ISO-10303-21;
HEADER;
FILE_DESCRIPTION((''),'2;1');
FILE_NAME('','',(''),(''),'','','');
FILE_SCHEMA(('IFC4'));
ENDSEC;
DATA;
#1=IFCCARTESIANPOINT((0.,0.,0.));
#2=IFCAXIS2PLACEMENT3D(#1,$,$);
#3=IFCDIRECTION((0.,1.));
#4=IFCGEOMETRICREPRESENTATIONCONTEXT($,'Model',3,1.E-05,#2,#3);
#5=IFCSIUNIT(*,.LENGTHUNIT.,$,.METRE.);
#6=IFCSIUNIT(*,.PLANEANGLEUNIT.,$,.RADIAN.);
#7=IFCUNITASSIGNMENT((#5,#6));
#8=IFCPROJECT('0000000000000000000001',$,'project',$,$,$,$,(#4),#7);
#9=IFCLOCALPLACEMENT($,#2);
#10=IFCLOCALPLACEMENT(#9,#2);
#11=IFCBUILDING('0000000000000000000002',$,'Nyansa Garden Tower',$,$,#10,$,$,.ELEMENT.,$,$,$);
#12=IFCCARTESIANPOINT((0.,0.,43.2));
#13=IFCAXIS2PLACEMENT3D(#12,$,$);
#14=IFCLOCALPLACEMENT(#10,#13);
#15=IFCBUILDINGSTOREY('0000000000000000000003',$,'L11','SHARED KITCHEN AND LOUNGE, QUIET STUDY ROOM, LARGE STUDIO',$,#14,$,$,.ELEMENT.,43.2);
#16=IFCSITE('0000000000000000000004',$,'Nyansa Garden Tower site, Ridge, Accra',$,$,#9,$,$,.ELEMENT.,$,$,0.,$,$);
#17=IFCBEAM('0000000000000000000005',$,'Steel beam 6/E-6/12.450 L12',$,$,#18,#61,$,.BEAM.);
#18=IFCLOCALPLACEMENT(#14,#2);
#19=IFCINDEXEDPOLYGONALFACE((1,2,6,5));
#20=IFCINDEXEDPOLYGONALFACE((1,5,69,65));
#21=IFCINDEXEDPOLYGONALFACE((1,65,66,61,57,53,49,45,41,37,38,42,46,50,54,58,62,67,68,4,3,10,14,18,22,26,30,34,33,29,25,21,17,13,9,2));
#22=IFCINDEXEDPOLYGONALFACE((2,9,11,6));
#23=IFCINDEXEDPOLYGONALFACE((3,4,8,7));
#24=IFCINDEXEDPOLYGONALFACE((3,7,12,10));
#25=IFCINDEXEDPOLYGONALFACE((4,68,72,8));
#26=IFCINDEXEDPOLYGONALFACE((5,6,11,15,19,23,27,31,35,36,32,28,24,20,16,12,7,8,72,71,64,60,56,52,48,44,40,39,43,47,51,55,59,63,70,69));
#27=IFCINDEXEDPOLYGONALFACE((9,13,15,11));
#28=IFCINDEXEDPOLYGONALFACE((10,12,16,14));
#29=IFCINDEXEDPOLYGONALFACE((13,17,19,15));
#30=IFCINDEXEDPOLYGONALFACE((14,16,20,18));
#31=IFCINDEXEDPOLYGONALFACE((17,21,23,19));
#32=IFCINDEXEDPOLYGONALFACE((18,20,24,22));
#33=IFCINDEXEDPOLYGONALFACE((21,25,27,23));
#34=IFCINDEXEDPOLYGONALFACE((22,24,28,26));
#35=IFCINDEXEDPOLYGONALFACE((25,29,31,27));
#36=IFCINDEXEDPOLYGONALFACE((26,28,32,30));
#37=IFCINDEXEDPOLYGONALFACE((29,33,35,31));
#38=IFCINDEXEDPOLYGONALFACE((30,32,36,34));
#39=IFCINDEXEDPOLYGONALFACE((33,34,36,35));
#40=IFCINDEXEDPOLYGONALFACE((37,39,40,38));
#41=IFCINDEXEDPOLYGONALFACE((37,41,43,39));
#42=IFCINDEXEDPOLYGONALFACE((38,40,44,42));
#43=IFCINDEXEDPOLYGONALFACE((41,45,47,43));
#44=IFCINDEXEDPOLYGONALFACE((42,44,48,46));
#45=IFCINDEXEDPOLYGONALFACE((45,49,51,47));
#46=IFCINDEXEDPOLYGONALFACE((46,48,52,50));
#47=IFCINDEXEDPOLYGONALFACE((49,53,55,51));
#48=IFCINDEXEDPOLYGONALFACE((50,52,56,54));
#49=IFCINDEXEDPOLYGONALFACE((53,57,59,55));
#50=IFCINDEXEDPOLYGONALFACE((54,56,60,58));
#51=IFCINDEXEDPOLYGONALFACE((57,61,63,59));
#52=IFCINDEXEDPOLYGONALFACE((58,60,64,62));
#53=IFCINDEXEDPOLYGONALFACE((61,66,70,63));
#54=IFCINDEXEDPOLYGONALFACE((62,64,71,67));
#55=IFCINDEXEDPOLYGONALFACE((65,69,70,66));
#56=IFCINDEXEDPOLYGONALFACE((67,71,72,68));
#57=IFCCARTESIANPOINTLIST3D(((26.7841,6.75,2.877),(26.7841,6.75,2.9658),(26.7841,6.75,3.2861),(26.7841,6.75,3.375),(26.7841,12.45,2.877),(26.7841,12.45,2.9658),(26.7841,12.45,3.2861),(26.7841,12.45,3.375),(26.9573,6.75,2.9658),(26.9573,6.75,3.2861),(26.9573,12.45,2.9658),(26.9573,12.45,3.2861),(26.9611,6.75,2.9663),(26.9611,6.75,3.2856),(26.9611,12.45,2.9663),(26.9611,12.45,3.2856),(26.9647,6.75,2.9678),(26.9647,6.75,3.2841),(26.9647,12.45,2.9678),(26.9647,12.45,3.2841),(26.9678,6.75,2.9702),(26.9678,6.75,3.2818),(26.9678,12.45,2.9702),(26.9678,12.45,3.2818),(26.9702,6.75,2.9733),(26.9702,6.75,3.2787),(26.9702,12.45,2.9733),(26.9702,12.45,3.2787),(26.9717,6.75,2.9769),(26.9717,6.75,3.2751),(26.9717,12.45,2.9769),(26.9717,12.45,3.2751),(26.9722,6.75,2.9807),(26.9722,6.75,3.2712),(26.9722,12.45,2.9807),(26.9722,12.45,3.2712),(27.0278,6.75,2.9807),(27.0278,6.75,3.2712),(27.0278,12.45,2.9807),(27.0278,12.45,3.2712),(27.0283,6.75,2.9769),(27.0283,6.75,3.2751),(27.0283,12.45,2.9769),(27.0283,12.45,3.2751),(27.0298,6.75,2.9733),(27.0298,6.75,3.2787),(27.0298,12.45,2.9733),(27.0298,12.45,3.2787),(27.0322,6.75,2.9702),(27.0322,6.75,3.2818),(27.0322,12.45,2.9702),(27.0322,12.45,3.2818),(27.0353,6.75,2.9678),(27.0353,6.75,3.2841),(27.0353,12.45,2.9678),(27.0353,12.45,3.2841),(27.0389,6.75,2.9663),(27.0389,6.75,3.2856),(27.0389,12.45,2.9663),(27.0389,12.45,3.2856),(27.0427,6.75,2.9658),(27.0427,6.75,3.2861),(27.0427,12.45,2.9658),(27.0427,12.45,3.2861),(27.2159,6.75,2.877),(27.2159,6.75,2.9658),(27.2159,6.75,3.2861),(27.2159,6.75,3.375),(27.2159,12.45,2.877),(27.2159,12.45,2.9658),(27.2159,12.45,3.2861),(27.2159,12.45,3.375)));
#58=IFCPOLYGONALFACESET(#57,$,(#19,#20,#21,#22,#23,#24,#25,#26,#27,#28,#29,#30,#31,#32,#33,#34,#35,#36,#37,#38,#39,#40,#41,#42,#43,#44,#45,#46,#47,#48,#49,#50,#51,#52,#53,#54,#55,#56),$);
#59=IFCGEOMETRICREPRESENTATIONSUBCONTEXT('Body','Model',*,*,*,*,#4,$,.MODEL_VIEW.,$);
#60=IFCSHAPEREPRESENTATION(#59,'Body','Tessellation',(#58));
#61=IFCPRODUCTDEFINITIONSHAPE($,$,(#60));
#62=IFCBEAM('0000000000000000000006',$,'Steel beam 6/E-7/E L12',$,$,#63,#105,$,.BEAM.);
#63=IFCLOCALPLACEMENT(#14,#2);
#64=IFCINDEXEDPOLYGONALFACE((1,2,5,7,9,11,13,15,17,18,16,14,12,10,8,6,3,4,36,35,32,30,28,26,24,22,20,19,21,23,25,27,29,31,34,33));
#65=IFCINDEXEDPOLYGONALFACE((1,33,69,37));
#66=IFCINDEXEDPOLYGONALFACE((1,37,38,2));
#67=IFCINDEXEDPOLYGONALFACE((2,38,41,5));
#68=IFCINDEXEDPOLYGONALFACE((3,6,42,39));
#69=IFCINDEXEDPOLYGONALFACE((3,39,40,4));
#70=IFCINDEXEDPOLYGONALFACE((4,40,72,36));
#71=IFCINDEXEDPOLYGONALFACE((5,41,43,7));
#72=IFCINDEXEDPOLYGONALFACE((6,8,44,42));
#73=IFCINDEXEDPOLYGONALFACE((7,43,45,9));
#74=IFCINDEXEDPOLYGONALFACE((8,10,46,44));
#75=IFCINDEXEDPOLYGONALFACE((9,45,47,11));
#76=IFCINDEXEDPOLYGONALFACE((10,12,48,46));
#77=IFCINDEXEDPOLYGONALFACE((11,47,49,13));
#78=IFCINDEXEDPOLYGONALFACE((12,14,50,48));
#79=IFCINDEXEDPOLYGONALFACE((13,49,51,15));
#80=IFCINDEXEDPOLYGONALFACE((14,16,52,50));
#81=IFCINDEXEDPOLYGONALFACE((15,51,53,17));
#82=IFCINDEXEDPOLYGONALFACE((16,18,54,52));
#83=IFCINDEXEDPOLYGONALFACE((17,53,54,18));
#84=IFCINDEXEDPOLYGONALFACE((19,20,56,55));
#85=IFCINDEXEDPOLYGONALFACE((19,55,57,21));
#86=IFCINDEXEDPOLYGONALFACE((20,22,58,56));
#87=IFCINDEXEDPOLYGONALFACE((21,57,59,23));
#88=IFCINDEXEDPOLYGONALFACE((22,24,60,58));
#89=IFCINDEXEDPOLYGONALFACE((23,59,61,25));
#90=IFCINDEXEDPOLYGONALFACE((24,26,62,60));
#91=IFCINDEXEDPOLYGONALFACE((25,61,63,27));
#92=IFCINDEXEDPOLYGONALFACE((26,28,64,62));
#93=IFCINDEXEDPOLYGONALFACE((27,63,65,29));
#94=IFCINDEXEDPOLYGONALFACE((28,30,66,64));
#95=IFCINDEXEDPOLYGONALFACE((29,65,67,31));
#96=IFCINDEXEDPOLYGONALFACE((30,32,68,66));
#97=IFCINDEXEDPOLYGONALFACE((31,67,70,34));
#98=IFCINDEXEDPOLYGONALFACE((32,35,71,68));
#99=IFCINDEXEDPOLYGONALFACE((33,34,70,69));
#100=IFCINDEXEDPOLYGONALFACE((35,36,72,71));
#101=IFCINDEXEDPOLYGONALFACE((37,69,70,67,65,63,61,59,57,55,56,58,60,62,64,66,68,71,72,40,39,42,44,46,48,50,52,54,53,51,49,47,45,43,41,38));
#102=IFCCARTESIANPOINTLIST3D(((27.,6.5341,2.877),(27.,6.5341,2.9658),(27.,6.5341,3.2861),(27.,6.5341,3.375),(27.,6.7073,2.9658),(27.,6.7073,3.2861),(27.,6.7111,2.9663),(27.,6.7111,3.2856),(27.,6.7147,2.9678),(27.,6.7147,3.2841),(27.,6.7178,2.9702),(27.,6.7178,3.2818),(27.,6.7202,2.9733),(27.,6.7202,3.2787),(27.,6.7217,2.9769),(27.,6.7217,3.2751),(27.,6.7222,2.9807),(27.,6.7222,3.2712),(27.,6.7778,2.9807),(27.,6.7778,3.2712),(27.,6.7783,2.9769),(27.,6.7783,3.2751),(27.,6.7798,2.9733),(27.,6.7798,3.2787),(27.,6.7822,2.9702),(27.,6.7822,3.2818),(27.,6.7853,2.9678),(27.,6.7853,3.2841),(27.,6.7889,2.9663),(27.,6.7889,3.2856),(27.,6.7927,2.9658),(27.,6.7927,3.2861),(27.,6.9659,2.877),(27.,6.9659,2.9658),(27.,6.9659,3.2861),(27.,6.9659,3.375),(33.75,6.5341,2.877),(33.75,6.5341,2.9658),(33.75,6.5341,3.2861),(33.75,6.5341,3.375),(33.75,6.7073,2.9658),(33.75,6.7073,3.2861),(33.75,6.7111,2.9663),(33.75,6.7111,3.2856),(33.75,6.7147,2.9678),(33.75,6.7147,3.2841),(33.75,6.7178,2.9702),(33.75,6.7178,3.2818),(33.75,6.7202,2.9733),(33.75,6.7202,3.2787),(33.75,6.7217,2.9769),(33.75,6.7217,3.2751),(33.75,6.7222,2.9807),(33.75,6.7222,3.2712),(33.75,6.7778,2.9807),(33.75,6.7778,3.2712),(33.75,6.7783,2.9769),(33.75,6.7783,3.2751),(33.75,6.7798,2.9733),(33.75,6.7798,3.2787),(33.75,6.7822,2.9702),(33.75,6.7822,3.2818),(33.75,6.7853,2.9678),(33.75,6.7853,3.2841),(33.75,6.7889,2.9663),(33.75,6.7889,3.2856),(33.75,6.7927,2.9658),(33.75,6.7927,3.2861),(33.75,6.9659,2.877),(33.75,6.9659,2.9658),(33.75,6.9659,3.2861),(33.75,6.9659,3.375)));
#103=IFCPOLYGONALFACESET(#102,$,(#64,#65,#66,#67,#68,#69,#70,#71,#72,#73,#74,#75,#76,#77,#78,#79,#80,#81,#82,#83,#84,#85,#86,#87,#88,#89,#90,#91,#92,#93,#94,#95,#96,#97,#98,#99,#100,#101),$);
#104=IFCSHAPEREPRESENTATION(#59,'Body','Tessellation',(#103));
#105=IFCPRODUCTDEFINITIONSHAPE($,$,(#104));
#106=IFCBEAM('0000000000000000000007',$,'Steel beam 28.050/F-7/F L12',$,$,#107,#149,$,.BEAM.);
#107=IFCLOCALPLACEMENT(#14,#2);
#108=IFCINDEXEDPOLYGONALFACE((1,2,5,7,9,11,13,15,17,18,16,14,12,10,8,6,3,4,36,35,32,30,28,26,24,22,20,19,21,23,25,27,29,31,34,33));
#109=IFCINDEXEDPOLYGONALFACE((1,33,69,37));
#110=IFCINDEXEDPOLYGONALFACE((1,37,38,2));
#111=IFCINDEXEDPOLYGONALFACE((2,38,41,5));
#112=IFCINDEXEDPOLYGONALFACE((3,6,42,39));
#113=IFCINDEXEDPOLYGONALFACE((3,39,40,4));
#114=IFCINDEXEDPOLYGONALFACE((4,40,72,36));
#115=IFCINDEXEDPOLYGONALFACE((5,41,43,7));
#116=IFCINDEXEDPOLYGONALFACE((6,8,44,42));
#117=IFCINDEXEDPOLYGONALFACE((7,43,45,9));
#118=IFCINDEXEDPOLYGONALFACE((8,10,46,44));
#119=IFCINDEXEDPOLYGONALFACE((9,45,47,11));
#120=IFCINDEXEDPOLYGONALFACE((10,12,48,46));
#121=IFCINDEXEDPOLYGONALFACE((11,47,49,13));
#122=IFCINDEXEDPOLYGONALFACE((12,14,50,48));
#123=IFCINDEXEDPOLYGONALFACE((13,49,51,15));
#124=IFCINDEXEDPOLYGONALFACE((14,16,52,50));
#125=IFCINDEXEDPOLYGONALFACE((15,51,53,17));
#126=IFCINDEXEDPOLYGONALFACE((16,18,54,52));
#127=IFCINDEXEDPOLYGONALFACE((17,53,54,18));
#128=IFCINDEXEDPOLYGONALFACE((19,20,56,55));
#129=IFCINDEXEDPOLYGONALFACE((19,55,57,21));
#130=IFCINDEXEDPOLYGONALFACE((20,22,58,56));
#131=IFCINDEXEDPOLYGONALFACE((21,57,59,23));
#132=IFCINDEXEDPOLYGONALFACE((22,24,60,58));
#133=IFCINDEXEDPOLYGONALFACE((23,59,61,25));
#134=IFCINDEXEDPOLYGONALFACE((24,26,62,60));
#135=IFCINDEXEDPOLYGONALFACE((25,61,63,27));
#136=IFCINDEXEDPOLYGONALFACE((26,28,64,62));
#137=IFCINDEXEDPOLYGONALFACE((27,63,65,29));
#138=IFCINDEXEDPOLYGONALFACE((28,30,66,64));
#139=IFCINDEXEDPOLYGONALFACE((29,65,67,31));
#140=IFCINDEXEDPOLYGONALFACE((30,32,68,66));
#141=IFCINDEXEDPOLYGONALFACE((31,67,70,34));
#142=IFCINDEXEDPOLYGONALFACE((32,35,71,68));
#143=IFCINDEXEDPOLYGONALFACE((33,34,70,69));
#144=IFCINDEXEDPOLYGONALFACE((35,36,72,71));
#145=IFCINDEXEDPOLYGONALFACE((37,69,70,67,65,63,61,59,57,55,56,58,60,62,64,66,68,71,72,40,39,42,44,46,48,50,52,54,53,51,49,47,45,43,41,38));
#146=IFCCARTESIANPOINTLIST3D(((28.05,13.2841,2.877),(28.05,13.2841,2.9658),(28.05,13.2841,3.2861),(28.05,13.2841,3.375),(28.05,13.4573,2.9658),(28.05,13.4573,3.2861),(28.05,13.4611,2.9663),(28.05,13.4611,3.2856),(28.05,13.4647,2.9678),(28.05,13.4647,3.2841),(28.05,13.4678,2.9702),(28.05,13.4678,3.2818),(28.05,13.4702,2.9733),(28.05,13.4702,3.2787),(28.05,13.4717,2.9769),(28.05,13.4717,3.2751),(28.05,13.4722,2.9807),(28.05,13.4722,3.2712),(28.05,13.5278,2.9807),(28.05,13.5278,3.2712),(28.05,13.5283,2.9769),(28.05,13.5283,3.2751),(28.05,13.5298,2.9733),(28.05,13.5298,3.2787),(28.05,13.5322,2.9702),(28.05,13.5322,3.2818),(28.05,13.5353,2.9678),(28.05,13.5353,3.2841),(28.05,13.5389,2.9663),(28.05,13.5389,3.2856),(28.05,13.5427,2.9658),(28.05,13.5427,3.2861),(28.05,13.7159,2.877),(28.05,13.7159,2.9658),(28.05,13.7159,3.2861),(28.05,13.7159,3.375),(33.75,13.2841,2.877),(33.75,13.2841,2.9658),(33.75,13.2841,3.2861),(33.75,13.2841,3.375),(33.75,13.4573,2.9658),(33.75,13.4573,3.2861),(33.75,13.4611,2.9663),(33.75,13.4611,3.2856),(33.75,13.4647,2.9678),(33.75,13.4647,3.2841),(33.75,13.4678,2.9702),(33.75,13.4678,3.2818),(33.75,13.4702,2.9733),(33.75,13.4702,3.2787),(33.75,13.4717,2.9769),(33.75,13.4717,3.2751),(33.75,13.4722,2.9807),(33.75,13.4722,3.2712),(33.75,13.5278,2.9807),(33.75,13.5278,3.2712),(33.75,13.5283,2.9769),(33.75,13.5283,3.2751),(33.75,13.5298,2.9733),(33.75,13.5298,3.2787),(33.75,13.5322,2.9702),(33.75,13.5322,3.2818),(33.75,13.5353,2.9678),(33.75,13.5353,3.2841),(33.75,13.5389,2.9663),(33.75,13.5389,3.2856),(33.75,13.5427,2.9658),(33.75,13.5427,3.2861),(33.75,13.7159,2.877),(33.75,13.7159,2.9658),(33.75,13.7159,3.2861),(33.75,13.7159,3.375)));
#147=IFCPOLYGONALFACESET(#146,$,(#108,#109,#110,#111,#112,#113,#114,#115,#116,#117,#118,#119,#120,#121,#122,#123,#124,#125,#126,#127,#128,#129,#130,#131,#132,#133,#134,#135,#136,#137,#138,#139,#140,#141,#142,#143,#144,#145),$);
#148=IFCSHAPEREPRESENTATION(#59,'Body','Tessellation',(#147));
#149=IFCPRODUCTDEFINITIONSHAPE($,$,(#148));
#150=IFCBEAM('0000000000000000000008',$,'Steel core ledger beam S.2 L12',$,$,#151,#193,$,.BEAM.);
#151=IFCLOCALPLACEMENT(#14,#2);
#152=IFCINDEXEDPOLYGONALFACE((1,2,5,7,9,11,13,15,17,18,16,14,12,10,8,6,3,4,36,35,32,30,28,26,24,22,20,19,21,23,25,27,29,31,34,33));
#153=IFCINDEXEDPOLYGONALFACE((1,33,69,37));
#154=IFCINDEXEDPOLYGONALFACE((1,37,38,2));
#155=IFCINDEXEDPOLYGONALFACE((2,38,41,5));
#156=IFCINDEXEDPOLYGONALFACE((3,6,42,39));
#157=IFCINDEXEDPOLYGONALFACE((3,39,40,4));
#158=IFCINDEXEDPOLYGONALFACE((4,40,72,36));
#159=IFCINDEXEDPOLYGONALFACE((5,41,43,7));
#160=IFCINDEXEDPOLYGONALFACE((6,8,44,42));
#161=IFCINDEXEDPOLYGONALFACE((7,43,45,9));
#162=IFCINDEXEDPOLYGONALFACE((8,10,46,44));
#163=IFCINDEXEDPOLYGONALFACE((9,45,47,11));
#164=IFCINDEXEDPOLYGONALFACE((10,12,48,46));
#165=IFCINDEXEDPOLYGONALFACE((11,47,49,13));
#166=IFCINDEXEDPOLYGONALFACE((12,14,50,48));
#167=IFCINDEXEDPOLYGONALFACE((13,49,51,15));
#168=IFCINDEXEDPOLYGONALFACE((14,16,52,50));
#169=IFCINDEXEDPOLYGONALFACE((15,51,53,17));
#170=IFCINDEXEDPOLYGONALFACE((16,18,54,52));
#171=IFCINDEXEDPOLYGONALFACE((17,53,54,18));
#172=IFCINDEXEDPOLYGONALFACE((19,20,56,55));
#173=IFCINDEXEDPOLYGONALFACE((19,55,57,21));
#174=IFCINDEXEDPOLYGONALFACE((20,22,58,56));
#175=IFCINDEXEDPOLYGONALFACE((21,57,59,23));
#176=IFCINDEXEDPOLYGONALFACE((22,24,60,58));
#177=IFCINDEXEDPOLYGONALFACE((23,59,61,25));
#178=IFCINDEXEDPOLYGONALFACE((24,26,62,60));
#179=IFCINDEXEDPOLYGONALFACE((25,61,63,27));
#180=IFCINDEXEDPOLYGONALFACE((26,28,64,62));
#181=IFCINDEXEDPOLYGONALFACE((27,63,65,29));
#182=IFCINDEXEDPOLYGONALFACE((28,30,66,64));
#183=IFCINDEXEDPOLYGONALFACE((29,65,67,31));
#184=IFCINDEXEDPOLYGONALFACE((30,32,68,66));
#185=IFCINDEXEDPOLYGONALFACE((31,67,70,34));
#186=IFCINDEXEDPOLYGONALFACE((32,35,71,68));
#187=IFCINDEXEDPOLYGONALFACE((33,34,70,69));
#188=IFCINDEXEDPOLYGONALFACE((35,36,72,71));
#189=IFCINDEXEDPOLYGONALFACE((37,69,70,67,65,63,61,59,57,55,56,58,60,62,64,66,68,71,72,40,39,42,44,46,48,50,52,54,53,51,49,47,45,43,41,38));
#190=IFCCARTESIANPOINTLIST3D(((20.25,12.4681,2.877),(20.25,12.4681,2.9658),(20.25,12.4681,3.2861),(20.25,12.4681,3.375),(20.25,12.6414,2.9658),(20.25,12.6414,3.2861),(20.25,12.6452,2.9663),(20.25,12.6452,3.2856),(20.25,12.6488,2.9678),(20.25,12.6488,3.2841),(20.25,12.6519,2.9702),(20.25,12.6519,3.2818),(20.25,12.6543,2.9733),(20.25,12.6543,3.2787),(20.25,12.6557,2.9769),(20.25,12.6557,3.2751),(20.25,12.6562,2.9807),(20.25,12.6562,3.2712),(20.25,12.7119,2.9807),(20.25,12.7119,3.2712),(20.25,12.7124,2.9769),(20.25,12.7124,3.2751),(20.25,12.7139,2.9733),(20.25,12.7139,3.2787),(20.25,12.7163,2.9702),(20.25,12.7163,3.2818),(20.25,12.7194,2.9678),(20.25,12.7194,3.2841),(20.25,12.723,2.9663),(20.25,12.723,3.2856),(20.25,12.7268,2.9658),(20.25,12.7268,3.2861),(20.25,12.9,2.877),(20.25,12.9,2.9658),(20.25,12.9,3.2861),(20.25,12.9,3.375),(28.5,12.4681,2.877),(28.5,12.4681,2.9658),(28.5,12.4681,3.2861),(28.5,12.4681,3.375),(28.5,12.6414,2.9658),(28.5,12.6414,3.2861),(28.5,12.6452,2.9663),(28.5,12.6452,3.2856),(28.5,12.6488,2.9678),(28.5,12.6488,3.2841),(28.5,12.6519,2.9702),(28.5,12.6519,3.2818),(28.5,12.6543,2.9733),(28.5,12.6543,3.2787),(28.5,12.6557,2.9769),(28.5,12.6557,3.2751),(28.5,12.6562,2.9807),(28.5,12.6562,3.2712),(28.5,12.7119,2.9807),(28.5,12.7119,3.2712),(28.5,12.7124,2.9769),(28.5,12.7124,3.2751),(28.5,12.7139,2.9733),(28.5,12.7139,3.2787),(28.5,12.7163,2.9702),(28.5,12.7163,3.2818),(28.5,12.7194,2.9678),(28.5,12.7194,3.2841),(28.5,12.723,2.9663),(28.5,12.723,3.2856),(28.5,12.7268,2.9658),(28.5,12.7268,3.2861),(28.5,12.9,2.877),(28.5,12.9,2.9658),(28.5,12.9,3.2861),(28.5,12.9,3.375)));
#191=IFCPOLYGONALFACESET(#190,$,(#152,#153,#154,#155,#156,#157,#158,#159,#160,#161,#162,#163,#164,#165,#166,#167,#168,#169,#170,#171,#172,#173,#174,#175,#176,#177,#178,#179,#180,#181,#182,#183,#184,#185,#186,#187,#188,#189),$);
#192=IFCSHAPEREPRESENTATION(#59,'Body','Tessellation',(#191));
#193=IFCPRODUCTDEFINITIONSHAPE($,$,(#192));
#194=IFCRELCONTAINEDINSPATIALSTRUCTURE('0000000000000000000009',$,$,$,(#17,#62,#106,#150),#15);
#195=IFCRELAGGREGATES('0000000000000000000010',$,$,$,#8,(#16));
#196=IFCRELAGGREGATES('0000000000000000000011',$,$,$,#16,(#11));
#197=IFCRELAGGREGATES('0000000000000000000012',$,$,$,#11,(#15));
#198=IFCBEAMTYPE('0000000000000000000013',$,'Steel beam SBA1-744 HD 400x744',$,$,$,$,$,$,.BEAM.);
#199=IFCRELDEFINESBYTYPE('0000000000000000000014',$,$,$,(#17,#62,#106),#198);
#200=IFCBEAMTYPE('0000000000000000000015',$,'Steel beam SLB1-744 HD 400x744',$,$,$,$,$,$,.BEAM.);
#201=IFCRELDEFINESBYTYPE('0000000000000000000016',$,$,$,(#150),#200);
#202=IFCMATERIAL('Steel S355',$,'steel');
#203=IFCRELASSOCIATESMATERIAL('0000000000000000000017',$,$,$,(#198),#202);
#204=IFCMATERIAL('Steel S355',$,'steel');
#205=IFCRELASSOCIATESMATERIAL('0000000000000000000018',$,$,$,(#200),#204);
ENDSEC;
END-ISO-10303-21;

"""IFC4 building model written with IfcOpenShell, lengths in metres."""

from ifc_helpers import new_model, si_unit, direction, frame, origin, origin_2d, place, context, subcontext, project, spatial, i_section, extrude, material, material_profile, profile_set, type_object, element, save


model = new_model("IFC4")

# Units and contexts
model_context = context("Model", 3, precision=1e-05, world=origin(), true_north=direction((0.0, 1.0)))
body_context = subcontext(model_context, "Body", "Model", "MODEL_VIEW")
ifc_project = project(units=[si_unit("LENGTHUNIT", "METRE"), si_unit("PLANEANGLEUNIT", "RADIAN")], contexts=[model_context])

# Site, building, storey
site_placement = place(None, origin())
site = spatial("IfcSite", under=ifc_project, at=site_placement, Name="Nyansa Garden Tower site, Ridge, Accra", CompositionType="ELEMENT", RefElevation=0.0)
building_placement = place(site_placement, origin())
building = spatial("IfcBuilding", under=site, at=building_placement, Name="Nyansa Garden Tower", CompositionType="ELEMENT")
storey_placement = place(building_placement, frame((0.0, 0.0, 43.2)))
storey = spatial("IfcBuildingStorey", under=building, at=storey_placement, Name="L11", Description="SHARED KITCHEN AND LOUNGE, QUIET STUDY ROOM, LARGE STUDIO", CompositionType="ELEMENT", Elevation=43.2)

# Beams
ifc_material_1 = material(Name="Steel S355", Category="steel")
ifc_material_profile_1 = material_profile(ifc_material_1, i_section(OverallWidth=0.4319, OverallDepth=0.498, WebThickness=0.0557, FlangeThickness=0.0889, FilletRadius=0.0149, at=origin_2d()), Name="HD 400x744")
ifc_profile_set_1 = profile_set([ifc_material_profile_1], Name="Steel S355")
beam_type_1 = type_object("IfcBeamType", Name="Steel beam SBA1-744 HD 400x744", PredefinedType="BEAM", material=ifc_profile_set_1)
beam_1_placement = place(storey_placement, frame((27.0, 6.75, 3.126), z_axis=(0.0, 1.0, 0.0), x_axis=(-1.0, 0.0, 0.0)))
element("IfcBeam", 1, at=beam_1_placement, inside=storey, type_object=beam_type_1, Name="Steel beam 6/E-6/12.450 L12", PredefinedType="BEAM", context=body_context, shape_type="SweptSolid", body=[
    extrude(i_section(OverallWidth=0.4319, OverallDepth=0.498, WebThickness=0.0557, FlangeThickness=0.0889, FilletRadius=0.0149, at=origin_2d()), origin(), (0.0, 0.0, 1.0), 5.7),
])
beam_2_placement = place(storey_placement, frame((27.0, 6.75, 3.126), z_axis=(1.0, 0.0, 0.0), x_axis=(0.0, 1.0, 0.0)))
element("IfcBeam", 2, at=beam_2_placement, inside=storey, type_object=beam_type_1, Name="Steel beam 6/E-7/E L12", PredefinedType="BEAM", context=body_context, shape_type="SweptSolid", body=[
    extrude(i_section(OverallWidth=0.4319, OverallDepth=0.498, WebThickness=0.0557, FlangeThickness=0.0889, FilletRadius=0.0149, at=origin_2d()), origin(), (0.0, 0.0, 1.0), 6.75),
])
beam_3_placement = place(storey_placement, frame((28.05, 13.5, 3.126), z_axis=(1.0, 0.0, 0.0), x_axis=(0.0, 1.0, 0.0)))
element("IfcBeam", 3, at=beam_3_placement, inside=storey, type_object=beam_type_1, Name="Steel beam 28.050/F-7/F L12", PredefinedType="BEAM", context=body_context, shape_type="SweptSolid", body=[
    extrude(i_section(OverallWidth=0.4319, OverallDepth=0.498, WebThickness=0.0557, FlangeThickness=0.0889, FilletRadius=0.0149, at=origin_2d()), origin(), (0.0, 0.0, 1.0), 5.7),
])
ifc_material_2 = material(Name="Steel S355", Category="steel")
ifc_material_profile_2 = material_profile(ifc_material_2, i_section(OverallWidth=0.4319, OverallDepth=0.498, WebThickness=0.0557, FlangeThickness=0.0889, FilletRadius=0.0149, at=origin_2d()), Name="HD 400x744")
ifc_profile_set_2 = profile_set([ifc_material_profile_2], Name="Steel S355")
beam_type_2 = type_object("IfcBeamType", Name="Steel beam SLB1-744 HD 400x744", PredefinedType="BEAM", material=ifc_profile_set_2)
beam_4_placement = place(storey_placement, frame((20.25, 12.6841, 3.126), z_axis=(1.0, 0.0, 0.0), x_axis=(0.0, 1.0, 0.0)))
element("IfcBeam", 4, at=beam_4_placement, inside=storey, type_object=beam_type_2, Name="Steel core ledger beam S.2 L12", PredefinedType="BEAM", context=body_context, shape_type="SweptSolid", body=[
    extrude(i_section(OverallWidth=0.4319, OverallDepth=0.498, WebThickness=0.0557, FlangeThickness=0.0889, FilletRadius=0.0149, at=origin_2d()), origin(), (0.0, 0.0, 1.0), 8.25),
])

save(model, "model.ifc")
